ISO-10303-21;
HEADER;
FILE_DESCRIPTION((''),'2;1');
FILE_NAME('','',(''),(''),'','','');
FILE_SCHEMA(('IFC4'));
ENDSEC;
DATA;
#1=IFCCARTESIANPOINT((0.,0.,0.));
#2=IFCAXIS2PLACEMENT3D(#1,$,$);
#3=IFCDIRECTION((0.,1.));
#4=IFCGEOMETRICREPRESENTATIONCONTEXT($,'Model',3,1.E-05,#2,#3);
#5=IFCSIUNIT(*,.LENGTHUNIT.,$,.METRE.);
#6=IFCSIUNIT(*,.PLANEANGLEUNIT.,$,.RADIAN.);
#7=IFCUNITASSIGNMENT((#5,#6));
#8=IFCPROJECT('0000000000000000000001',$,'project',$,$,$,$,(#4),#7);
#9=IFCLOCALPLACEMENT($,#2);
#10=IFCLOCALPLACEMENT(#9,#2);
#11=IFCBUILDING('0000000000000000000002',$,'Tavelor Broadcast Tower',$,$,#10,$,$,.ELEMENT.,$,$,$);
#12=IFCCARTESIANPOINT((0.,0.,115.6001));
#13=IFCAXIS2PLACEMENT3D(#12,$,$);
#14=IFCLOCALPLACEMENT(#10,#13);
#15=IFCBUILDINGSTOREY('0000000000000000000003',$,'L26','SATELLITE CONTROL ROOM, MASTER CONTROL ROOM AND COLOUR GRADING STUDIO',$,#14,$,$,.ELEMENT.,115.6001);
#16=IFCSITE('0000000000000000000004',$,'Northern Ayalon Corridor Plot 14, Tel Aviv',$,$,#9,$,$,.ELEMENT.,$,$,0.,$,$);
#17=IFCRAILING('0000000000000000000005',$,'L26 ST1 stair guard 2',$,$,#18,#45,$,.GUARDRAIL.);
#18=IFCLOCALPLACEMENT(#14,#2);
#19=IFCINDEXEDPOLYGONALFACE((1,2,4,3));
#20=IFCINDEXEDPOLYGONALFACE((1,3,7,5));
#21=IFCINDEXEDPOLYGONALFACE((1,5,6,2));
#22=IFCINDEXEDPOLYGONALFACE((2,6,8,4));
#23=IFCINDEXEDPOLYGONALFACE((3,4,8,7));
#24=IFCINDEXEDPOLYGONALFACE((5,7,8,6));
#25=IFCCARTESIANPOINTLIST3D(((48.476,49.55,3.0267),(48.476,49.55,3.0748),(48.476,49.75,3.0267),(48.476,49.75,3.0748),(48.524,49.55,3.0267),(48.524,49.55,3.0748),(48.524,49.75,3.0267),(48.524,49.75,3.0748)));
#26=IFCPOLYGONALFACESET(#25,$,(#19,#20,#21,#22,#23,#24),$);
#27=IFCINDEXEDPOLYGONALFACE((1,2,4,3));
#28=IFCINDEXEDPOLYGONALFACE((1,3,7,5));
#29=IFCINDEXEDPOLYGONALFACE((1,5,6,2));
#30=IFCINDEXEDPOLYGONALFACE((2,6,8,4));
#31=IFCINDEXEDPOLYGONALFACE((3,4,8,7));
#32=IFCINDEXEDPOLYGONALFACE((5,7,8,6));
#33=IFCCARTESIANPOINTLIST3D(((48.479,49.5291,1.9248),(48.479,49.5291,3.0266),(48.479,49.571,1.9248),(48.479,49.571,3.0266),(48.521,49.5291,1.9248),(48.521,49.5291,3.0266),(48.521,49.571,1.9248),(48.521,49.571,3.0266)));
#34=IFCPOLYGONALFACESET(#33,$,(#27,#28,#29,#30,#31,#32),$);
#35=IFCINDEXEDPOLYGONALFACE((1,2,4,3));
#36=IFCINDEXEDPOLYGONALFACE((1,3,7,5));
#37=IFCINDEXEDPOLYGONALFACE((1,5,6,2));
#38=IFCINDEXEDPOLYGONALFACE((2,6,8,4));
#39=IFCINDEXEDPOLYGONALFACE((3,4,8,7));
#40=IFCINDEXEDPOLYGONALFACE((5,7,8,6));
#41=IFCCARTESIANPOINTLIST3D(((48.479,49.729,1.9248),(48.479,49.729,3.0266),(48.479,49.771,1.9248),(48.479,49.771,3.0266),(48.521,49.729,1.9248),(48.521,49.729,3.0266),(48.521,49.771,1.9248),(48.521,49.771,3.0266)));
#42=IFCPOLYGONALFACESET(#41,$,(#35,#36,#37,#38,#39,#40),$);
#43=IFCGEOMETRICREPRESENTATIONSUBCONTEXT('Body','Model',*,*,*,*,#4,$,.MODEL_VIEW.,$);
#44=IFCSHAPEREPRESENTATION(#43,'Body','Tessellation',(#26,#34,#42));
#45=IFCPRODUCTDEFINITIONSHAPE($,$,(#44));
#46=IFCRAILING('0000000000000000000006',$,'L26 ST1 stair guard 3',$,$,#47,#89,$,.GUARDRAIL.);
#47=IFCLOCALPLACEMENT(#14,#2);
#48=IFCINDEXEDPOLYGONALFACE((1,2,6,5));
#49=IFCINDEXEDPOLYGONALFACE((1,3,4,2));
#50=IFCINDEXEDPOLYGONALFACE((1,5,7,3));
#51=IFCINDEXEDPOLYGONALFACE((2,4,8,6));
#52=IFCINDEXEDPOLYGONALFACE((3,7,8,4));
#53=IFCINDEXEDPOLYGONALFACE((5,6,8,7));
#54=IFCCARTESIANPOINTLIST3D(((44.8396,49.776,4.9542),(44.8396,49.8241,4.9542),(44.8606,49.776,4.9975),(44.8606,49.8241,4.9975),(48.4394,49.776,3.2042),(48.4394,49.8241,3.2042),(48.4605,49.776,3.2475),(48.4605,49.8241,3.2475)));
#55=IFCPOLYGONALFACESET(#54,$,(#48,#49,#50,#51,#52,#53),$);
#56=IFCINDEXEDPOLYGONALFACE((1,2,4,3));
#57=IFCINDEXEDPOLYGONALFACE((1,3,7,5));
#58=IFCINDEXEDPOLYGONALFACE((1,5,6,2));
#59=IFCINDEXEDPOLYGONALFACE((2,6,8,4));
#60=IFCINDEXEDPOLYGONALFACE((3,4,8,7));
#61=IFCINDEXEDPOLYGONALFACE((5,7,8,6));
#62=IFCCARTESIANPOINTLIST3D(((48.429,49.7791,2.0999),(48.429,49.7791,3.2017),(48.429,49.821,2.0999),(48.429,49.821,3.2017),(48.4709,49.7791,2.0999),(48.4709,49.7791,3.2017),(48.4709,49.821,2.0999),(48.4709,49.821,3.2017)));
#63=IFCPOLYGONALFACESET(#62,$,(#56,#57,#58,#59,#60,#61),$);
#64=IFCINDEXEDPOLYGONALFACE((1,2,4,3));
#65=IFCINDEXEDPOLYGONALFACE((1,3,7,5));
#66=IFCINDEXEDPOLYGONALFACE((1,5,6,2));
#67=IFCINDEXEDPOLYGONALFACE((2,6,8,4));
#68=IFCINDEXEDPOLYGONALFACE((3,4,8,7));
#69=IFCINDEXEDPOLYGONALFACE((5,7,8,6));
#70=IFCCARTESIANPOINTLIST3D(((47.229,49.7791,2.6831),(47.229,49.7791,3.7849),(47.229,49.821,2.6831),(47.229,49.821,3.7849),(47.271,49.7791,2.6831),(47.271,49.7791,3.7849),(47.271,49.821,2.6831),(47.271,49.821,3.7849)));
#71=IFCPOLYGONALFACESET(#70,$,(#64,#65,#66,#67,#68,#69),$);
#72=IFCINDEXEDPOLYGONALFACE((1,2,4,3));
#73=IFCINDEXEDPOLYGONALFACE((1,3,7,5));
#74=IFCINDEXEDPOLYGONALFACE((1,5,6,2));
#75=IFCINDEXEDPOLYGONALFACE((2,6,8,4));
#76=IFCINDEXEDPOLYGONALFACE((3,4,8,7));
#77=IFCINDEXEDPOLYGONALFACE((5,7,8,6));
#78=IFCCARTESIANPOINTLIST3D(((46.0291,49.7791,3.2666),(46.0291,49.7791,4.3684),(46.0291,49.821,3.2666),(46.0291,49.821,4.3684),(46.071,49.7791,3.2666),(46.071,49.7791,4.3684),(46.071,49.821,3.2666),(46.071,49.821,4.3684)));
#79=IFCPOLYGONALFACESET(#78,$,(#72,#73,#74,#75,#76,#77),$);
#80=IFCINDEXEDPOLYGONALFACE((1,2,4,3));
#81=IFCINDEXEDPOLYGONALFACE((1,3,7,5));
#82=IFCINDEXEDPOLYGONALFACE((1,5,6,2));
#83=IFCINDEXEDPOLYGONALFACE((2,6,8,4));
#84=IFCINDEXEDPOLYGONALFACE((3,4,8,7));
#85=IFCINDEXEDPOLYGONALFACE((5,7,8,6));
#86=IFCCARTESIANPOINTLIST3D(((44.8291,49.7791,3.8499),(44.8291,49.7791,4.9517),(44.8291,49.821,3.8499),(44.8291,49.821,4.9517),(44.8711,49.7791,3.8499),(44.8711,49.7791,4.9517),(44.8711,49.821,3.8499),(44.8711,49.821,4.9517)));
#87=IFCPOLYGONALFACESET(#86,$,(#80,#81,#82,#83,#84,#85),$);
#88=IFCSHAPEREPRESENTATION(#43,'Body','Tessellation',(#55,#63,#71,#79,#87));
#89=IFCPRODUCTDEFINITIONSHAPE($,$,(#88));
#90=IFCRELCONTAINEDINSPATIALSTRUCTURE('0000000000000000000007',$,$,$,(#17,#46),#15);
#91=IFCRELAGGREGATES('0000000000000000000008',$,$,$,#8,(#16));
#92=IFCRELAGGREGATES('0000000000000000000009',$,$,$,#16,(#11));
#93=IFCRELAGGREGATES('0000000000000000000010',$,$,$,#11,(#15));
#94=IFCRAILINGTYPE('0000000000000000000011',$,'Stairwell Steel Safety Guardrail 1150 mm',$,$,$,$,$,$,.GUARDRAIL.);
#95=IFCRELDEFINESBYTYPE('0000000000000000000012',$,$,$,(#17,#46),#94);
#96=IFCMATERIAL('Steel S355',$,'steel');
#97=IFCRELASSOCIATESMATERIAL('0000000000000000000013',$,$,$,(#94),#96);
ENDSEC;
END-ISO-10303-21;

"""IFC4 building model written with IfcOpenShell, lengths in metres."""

from ifc_helpers import new_model, si_unit, direction, frame, origin, origin_2d, place, context, subcontext, project, spatial, rectangle, extrude, material, type_object, element, save


model = new_model("IFC4")

# Units and contexts
model_context = context("Model", 3, precision=1e-05, world=origin(), true_north=direction((0.0, 1.0)))
body_context = subcontext(model_context, "Body", "Model", "MODEL_VIEW")
ifc_project = project(units=[si_unit("LENGTHUNIT", "METRE"), si_unit("PLANEANGLEUNIT", "RADIAN")], contexts=[model_context])

# Site, building, storey
site_placement = place(None, origin())
site = spatial("IfcSite", under=ifc_project, at=site_placement, Name="Northern Ayalon Corridor Plot 14, Tel Aviv", CompositionType="ELEMENT", RefElevation=0.0)
building_placement = place(site_placement, origin())
building = spatial("IfcBuilding", under=site, at=building_placement, Name="Tavelor Broadcast Tower", CompositionType="ELEMENT")
storey_placement = place(building_placement, frame((0.0, 0.0, 115.6001)))
storey = spatial("IfcBuildingStorey", under=building, at=storey_placement, Name="L26", Description="SATELLITE CONTROL ROOM, MASTER CONTROL ROOM AND COLOUR GRADING STUDIO", CompositionType="ELEMENT", Elevation=115.6001)

# Shared definitions
ifc_material_1 = material(Name="Steel S355", Category="steel")

# Railings
railing_type_1 = type_object("IfcRailingType", Name="Stairwell Steel Safety Guardrail 1150 mm", PredefinedType="GUARDRAIL", material=ifc_material_1)
railing_1_placement = place(storey_placement, frame((48.5, 49.55, 1.9248)))
element("IfcRailing", 1, at=railing_1_placement, inside=storey, type_object=railing_type_1, Name="L26 ST1 stair guard 2", PredefinedType="GUARDRAIL", context=body_context, shape_type="SweptSolid", body=[
    extrude(rectangle(XDim=0.0481, YDim=0.0481, at=origin_2d()), frame((0.0, 0.0, 1.126), z_axis=(0.0, 1.0, 0.0), x_axis=(-1.0, 0.0, 0.0)), (0.0, 0.0, 1.0), 0.2),
    extrude(rectangle(XDim=0.042, YDim=0.042, at=origin_2d()), origin(), (0.0, 0.0, 1.0), 1.1018),
    extrude(rectangle(XDim=0.042, YDim=0.042, at=origin_2d()), frame((0.0, 0.2, 0.0)), (0.0, 0.0, 1.0), 1.1018),
])
railing_2_placement = place(storey_placement, frame((48.45, 49.8, 2.0999)))
element("IfcRailing", 2, at=railing_2_placement, inside=storey, type_object=railing_type_1, Name="L26 ST1 stair guard 3", PredefinedType="GUARDRAIL", context=body_context, shape_type="SweptSolid", body=[
    extrude(rectangle(XDim=0.0481, YDim=0.0481, at=origin_2d()), frame((0.0, 0.0, 1.126), z_axis=(-0.899361, 0.0, 0.437207), x_axis=(0.0, -1.0, 0.0)), (0.0, 0.0, 1.0), 4.0027),
    extrude(rectangle(XDim=0.042, YDim=0.042, at=origin_2d()), origin(), (0.0, 0.0, 1.0), 1.1018),
    extrude(rectangle(XDim=0.042, YDim=0.042, at=origin_2d()), frame((-1.2, 0.0, 0.5833)), (0.0, 0.0, 1.0), 1.1018),
    extrude(rectangle(XDim=0.042, YDim=0.042, at=origin_2d()), frame((-2.3999, 0.0, 1.1667)), (0.0, 0.0, 1.0), 1.1018),
    extrude(rectangle(XDim=0.042, YDim=0.042, at=origin_2d()), frame((-3.5999, 0.0, 1.75)), (0.0, 0.0, 1.0), 1.1018),
])

save(model, "model.ifc")
